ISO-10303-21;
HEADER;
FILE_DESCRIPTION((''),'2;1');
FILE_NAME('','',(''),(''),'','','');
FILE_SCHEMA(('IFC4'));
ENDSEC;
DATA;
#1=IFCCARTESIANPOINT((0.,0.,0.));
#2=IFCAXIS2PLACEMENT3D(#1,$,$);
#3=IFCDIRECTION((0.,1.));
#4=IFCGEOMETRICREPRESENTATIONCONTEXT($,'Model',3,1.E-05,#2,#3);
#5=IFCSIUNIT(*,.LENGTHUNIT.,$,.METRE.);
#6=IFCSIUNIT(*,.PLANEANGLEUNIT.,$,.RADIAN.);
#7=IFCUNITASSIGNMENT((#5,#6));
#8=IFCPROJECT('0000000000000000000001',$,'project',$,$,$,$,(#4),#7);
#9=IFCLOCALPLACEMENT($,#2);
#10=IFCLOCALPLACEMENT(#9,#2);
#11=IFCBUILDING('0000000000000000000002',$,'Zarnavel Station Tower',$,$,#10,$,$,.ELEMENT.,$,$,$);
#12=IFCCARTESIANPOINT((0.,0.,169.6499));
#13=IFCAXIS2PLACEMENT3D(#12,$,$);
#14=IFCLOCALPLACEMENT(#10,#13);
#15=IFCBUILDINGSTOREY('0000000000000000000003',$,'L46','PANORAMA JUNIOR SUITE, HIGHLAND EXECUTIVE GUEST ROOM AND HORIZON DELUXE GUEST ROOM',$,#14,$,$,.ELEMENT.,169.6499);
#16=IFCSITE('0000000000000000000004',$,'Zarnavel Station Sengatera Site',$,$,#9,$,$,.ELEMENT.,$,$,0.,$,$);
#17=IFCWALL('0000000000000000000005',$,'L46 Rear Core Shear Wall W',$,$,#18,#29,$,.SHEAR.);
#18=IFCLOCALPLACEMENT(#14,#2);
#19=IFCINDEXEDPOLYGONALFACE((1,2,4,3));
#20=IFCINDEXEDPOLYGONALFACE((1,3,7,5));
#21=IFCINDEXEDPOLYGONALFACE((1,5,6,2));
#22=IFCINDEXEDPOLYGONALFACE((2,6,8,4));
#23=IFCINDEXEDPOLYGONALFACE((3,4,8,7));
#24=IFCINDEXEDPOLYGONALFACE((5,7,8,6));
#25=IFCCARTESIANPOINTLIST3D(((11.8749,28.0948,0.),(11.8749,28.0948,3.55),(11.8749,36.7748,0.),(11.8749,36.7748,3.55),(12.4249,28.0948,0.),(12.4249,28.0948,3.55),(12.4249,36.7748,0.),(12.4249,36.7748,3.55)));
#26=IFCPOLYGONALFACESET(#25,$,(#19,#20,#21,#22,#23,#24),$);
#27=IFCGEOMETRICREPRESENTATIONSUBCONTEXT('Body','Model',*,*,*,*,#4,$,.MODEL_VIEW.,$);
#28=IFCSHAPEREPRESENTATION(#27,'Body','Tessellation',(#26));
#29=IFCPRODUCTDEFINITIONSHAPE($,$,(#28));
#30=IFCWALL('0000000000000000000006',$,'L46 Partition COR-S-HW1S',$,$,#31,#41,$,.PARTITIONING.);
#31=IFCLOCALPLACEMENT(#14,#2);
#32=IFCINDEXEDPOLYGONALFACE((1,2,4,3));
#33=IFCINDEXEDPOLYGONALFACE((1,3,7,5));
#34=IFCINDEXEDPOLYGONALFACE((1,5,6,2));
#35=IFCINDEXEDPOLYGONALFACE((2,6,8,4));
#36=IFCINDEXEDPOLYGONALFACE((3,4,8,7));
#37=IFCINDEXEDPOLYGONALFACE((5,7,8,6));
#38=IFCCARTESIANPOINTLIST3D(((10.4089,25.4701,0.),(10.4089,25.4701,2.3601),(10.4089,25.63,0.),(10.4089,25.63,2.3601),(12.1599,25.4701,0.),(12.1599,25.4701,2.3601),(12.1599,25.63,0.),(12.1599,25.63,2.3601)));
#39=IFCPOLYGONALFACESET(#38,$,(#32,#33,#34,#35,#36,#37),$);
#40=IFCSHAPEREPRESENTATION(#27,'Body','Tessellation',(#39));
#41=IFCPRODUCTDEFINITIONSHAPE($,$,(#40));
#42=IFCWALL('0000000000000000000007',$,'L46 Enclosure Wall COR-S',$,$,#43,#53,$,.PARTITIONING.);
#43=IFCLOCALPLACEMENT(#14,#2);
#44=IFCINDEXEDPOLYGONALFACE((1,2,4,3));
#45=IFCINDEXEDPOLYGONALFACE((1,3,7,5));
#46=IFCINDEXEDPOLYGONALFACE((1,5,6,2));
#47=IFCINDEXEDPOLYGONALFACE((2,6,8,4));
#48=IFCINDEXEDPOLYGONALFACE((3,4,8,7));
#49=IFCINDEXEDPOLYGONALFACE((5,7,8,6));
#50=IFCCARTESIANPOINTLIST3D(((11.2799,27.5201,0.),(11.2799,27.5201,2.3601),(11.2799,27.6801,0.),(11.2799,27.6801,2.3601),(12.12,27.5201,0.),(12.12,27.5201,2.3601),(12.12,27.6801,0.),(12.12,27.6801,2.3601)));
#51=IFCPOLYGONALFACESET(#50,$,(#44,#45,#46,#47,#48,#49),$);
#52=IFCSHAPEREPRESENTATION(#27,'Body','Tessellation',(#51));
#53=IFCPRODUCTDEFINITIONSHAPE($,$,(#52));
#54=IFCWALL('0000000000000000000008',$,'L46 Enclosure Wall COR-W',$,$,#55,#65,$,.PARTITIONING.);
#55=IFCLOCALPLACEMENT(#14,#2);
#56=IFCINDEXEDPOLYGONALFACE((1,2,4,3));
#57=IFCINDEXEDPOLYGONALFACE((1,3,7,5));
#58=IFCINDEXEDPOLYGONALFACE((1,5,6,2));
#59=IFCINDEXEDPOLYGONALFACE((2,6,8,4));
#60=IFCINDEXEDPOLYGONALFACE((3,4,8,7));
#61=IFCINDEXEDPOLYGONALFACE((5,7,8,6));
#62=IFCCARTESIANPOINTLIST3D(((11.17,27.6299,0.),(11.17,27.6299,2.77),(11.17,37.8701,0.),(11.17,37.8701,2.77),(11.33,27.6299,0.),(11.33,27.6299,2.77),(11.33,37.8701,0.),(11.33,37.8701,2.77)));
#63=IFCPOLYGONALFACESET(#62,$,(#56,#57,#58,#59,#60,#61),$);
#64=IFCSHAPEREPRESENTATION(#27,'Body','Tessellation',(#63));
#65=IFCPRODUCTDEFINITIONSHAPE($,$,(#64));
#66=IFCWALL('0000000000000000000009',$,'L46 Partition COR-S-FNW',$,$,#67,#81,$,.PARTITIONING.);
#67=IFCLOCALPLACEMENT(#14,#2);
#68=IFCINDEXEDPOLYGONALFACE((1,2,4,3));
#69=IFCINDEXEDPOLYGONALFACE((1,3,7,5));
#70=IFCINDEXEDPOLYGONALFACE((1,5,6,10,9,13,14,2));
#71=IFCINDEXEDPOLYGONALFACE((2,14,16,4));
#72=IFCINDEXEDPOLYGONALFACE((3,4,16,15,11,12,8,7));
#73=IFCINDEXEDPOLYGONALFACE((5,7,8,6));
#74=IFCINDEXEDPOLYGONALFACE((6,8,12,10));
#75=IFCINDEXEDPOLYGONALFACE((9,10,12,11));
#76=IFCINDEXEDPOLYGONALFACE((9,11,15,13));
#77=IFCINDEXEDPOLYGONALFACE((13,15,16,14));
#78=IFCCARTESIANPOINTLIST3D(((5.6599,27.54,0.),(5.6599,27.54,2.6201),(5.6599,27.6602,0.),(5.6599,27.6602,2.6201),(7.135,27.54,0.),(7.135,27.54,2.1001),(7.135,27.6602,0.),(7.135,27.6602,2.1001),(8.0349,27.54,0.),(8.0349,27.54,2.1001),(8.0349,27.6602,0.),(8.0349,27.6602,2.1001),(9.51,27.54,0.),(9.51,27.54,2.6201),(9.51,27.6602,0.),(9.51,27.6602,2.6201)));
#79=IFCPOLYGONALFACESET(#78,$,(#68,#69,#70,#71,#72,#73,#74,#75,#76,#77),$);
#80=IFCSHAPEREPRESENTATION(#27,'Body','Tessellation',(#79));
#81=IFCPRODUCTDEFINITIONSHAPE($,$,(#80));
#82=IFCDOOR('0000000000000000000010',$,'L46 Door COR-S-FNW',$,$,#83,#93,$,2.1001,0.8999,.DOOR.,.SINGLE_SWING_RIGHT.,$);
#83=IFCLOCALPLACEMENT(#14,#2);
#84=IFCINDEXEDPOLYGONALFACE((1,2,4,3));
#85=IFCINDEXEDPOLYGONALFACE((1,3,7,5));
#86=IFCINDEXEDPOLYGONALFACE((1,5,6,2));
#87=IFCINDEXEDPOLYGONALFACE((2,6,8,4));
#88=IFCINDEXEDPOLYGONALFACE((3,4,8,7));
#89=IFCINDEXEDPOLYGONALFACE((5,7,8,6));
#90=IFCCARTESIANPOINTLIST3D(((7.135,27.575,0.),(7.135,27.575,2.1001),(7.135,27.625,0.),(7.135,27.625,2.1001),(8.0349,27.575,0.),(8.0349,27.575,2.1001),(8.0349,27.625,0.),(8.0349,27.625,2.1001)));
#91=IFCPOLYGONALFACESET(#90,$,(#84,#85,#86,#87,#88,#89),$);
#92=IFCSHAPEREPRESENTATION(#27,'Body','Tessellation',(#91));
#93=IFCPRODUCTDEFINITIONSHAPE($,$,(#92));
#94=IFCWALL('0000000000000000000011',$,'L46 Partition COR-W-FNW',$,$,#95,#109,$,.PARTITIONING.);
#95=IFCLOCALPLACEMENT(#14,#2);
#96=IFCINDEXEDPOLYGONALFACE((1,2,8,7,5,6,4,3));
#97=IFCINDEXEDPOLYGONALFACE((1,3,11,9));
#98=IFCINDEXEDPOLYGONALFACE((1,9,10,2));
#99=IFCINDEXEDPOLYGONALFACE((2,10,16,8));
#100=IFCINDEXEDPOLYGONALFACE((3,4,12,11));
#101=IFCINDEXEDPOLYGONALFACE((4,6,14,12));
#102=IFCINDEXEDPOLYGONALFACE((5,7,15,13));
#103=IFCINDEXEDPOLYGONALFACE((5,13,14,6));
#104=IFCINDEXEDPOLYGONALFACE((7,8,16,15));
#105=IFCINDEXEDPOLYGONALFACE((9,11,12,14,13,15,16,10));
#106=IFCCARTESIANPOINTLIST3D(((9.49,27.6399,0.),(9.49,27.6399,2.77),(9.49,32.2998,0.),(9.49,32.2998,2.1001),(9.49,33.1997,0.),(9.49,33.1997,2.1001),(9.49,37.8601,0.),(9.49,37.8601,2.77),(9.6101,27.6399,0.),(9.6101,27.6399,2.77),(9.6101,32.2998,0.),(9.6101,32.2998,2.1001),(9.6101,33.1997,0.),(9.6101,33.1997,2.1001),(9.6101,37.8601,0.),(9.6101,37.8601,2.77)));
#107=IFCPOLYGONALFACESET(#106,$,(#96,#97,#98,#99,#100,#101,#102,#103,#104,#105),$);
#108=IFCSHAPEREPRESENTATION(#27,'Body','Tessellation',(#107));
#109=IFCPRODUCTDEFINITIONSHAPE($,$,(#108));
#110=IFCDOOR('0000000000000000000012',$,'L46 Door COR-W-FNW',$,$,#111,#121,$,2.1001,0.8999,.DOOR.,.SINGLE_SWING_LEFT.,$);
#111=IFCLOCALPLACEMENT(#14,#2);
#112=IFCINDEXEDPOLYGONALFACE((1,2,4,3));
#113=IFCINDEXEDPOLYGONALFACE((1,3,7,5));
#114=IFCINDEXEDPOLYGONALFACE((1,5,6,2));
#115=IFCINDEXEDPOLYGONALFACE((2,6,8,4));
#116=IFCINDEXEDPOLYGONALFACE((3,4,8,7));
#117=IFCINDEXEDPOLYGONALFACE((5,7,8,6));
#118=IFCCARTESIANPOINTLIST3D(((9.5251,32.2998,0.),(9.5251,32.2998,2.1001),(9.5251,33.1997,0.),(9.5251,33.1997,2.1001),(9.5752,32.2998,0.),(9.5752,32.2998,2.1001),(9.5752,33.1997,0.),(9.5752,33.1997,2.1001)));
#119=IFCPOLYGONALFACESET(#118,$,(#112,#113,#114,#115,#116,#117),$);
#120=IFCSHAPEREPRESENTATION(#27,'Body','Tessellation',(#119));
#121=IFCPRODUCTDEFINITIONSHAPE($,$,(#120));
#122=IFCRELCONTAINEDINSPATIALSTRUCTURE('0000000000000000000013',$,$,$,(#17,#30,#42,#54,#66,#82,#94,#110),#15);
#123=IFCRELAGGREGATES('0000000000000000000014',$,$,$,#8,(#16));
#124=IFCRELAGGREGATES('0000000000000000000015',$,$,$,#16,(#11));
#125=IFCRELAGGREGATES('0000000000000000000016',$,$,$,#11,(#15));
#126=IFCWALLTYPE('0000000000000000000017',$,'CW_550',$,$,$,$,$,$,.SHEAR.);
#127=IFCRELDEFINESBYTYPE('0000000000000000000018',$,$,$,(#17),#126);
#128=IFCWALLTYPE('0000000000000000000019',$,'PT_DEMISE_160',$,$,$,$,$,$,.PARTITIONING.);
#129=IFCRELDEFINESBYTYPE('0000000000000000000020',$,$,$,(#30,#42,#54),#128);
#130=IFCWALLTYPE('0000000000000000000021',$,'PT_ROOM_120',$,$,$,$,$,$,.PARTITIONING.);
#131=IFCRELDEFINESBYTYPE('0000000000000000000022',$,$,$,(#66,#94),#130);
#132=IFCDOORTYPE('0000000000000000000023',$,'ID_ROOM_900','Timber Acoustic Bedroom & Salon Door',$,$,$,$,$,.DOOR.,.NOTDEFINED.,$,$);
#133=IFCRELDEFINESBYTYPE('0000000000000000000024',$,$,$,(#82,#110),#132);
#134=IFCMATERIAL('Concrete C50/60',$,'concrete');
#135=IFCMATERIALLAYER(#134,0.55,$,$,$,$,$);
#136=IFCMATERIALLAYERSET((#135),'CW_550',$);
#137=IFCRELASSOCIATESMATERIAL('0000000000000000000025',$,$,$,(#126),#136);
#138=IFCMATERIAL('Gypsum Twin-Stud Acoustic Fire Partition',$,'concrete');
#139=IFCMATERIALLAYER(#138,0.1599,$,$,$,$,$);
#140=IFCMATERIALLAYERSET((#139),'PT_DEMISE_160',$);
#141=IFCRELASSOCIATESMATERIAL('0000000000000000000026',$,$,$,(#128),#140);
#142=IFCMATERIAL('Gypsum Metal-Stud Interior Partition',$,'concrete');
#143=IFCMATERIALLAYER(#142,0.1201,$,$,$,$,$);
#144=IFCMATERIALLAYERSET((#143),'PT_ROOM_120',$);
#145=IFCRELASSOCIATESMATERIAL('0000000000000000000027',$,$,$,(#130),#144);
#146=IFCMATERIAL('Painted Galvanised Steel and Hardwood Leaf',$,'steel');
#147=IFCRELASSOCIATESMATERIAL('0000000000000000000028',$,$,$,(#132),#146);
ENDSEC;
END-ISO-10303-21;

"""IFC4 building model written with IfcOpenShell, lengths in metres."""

from ifc_helpers import new_model, si_unit, direction, frame, frame_2d, origin, place, context, subcontext, project, spatial, rectangle, extrude, material, layer, layer_set, type_object, element, fill, save


model = new_model("IFC4")

# Units and contexts
model_context = context("Model", 3, precision=1e-05, world=origin(), true_north=direction((0.0, 1.0)))
body_context = subcontext(model_context, "Body", "Model", "MODEL_VIEW")
ifc_project = project(units=[si_unit("LENGTHUNIT", "METRE"), si_unit("PLANEANGLEUNIT", "RADIAN")], contexts=[model_context])

# Site, building, storey
site_placement = place(None, origin())
site = spatial("IfcSite", under=ifc_project, at=site_placement, Name="Zarnavel Station Sengatera Site", CompositionType="ELEMENT", RefElevation=0.0)
building_placement = place(site_placement, origin())
building = spatial("IfcBuilding", under=site, at=building_placement, Name="Zarnavel Station Tower", CompositionType="ELEMENT")
storey_placement = place(building_placement, frame((0.0, 0.0, 169.6499)))
storey = spatial("IfcBuildingStorey", under=building, at=storey_placement, Name="L46", Description="PANORAMA JUNIOR SUITE, HIGHLAND EXECUTIVE GUEST ROOM AND HORIZON DELUXE GUEST ROOM", CompositionType="ELEMENT", Elevation=169.6499)

# Wall
ifc_material_1 = material(Name="Concrete C50/60", Category="concrete")
ifc_layer_1 = layer(ifc_material_1, 0.55)
ifc_layer_set_1 = layer_set([ifc_layer_1], Name="CW_550")
wall_type_1 = type_object("IfcWallType", Name="CW_550", PredefinedType="SHEAR", material=ifc_layer_set_1)
wall_1_placement = place(storey_placement, frame((12.1499, 28.095, 0.0), z_axis=(0.0, 0.0, 1.0), x_axis=(0.0, 1.0, 0.0)))
element("IfcWall", 1, at=wall_1_placement, inside=storey, type_object=wall_type_1, Name="L46 Rear Core Shear Wall W", PredefinedType="SHEAR", context=body_context, shape_type="SweptSolid", body=[
    extrude(rectangle(XDim=8.6799, YDim=0.55, at=frame_2d((4.3398, 0.0))), origin(), (0.0, 0.0, 1.0), 3.55),
])

# Shared definitions
ifc_material_2 = material(Name="Gypsum Twin-Stud Acoustic Fire Partition", Category="concrete")
ifc_layer_2 = layer(ifc_material_2, 0.1599)
ifc_layer_set_2 = layer_set([ifc_layer_2], Name="PT_DEMISE_160")
wall_type_2 = type_object("IfcWallType", Name="PT_DEMISE_160", PredefinedType="PARTITIONING", material=ifc_layer_set_2)

# Wall
wall_2_placement = place(storey_placement, frame((10.4089, 25.55, 0.0), z_axis=(0.0, 0.0, 1.0), x_axis=(1.0, 0.0, 0.0)))
element("IfcWall", 2, at=wall_2_placement, inside=storey, type_object=wall_type_2, Name="L46 Partition COR-S-HW1S", PredefinedType="PARTITIONING", context=body_context, shape_type="SweptSolid", body=[
    extrude(rectangle(XDim=1.751, YDim=0.1599, at=frame_2d((0.8755, 0.0))), origin(), (0.0, 0.0, 1.0), 2.3601),
])

# Walls
wall_3_placement = place(storey_placement, frame((11.28, 27.6001, 0.0), z_axis=(0.0, 0.0, 1.0), x_axis=(1.0, 0.0, 0.0)))
element("IfcWall", 3, at=wall_3_placement, inside=storey, type_object=wall_type_2, Name="L46 Enclosure Wall COR-S", PredefinedType="PARTITIONING", context=body_context, shape_type="SweptSolid", body=[
    extrude(rectangle(XDim=0.8401, YDim=0.1599, at=frame_2d((0.4199, 0.0))), origin(), (0.0, 0.0, 1.0), 2.3601),
])
wall_4_placement = place(storey_placement, frame((11.25, 27.6299, 0.0), z_axis=(0.0, 0.0, 1.0), x_axis=(0.0, 1.0, 0.0)))
element("IfcWall", 4, at=wall_4_placement, inside=storey, type_object=wall_type_2, Name="L46 Enclosure Wall COR-W", PredefinedType="PARTITIONING", context=body_context, shape_type="SweptSolid", body=[
    extrude(rectangle(XDim=10.2402, YDim=0.1599, at=frame_2d((5.1201, 0.0))), origin(), (0.0, 0.0, 1.0), 2.77),
])

# Walls, openings, doors
ifc_material_3 = material(Name="Gypsum Metal-Stud Interior Partition", Category="concrete")
ifc_layer_3 = layer(ifc_material_3, 0.1201)
ifc_layer_set_3 = layer_set([ifc_layer_3], Name="PT_ROOM_120")
wall_type_3 = type_object("IfcWallType", Name="PT_ROOM_120", PredefinedType="PARTITIONING", material=ifc_layer_set_3)
wall_5_placement = place(storey_placement, frame((5.6599, 27.6001, 0.0), z_axis=(0.0, 0.0, 1.0), x_axis=(1.0, 0.0, 0.0)))
wall_5 = element("IfcWall", 5, at=wall_5_placement, inside=storey, type_object=wall_type_3, Name="L46 Partition COR-S-FNW", PredefinedType="PARTITIONING", context=body_context, shape_type="SweptSolid", body=[
    extrude(rectangle(XDim=3.8501, YDim=0.1201, at=frame_2d((1.925, 0.0))), origin(), (0.0, 0.0, 1.0), 2.6201),
])
opening_1_placement = place(wall_5_placement, frame((1.4751, 0.0, 0.0)))
opening_1 = element("IfcOpeningElement", 6, at=opening_1_placement, cuts=wall_5, PredefinedType="OPENING", context=body_context, shape_type="SweptSolid", body=[
    extrude(rectangle(XDim=0.8999, YDim=2.1001, at=frame_2d((0.45, 1.05))), frame((0.0, 0.0701, 0.0), z_axis=(0.0, -1.0, 0.0), x_axis=(1.0, 0.0, 0.0)), (0.0, 0.0, 1.0), 0.1401),
])
ifc_material_4 = material(Name="Painted Galvanised Steel and Hardwood Leaf", Category="steel")
door_type_1 = type_object("IfcDoorType", Name="ID_ROOM_900", Description="Timber Acoustic Bedroom & Salon Door", OperationType="NOTDEFINED", PredefinedType="DOOR", material=ifc_material_4)
door_1_placement = place(opening_1_placement, origin())
door_1 = element("IfcDoor", 7, at=door_1_placement, inside=storey, type_object=door_type_1, Name="L46 Door COR-S-FNW", OperationType="SINGLE_SWING_RIGHT", OverallHeight=2.1001, OverallWidth=0.8999, PredefinedType="DOOR", context=body_context, shape_type="SweptSolid", body=[
    extrude(rectangle(XDim=0.8999, YDim=2.1001, at=frame_2d((0.45, 1.05))), frame((0.0, 0.0249, 0.0), z_axis=(0.0, -1.0, 0.0), x_axis=(1.0, 0.0, 0.0)), (0.0, 0.0, 1.0), 0.05),
])
fill(opening_1, door_1)
wall_6_placement = place(storey_placement, frame((9.55, 27.6399, 0.0), z_axis=(0.0, 0.0, 1.0), x_axis=(0.0, 1.0, 0.0)))
wall_6 = element("IfcWall", 8, at=wall_6_placement, inside=storey, type_object=wall_type_3, Name="L46 Partition COR-W-FNW", PredefinedType="PARTITIONING", context=body_context, shape_type="SweptSolid", body=[
    extrude(rectangle(XDim=10.2202, YDim=0.1201, at=frame_2d((5.1101, 0.0))), origin(), (0.0, 0.0, 1.0), 2.77),
])
opening_2_placement = place(wall_6_placement, frame((4.6599, 0.0, 0.0)))
opening_2 = element("IfcOpeningElement", 9, at=opening_2_placement, cuts=wall_6, PredefinedType="OPENING", context=body_context, shape_type="SweptSolid", body=[
    extrude(rectangle(XDim=0.8999, YDim=2.1001, at=frame_2d((0.45, 1.05))), frame((0.0, 0.0701, 0.0), z_axis=(0.0, -1.0, 0.0), x_axis=(1.0, 0.0, 0.0)), (0.0, 0.0, 1.0), 0.1401),
])
door_2_placement = place(opening_2_placement, origin())
door_2 = element("IfcDoor", 10, at=door_2_placement, inside=storey, type_object=door_type_1, Name="L46 Door COR-W-FNW", OperationType="SINGLE_SWING_LEFT", OverallHeight=2.1001, OverallWidth=0.8999, PredefinedType="DOOR", context=body_context, shape_type="SweptSolid", body=[
    extrude(rectangle(XDim=0.8999, YDim=2.1001, at=frame_2d((0.45, 1.05))), frame((0.0, 0.0249, 0.0), z_axis=(0.0, -1.0, 0.0), x_axis=(1.0, 0.0, 0.0)), (0.0, 0.0, 1.0), 0.05),
])
fill(opening_2, door_2)

save(model, "model.ifc")
